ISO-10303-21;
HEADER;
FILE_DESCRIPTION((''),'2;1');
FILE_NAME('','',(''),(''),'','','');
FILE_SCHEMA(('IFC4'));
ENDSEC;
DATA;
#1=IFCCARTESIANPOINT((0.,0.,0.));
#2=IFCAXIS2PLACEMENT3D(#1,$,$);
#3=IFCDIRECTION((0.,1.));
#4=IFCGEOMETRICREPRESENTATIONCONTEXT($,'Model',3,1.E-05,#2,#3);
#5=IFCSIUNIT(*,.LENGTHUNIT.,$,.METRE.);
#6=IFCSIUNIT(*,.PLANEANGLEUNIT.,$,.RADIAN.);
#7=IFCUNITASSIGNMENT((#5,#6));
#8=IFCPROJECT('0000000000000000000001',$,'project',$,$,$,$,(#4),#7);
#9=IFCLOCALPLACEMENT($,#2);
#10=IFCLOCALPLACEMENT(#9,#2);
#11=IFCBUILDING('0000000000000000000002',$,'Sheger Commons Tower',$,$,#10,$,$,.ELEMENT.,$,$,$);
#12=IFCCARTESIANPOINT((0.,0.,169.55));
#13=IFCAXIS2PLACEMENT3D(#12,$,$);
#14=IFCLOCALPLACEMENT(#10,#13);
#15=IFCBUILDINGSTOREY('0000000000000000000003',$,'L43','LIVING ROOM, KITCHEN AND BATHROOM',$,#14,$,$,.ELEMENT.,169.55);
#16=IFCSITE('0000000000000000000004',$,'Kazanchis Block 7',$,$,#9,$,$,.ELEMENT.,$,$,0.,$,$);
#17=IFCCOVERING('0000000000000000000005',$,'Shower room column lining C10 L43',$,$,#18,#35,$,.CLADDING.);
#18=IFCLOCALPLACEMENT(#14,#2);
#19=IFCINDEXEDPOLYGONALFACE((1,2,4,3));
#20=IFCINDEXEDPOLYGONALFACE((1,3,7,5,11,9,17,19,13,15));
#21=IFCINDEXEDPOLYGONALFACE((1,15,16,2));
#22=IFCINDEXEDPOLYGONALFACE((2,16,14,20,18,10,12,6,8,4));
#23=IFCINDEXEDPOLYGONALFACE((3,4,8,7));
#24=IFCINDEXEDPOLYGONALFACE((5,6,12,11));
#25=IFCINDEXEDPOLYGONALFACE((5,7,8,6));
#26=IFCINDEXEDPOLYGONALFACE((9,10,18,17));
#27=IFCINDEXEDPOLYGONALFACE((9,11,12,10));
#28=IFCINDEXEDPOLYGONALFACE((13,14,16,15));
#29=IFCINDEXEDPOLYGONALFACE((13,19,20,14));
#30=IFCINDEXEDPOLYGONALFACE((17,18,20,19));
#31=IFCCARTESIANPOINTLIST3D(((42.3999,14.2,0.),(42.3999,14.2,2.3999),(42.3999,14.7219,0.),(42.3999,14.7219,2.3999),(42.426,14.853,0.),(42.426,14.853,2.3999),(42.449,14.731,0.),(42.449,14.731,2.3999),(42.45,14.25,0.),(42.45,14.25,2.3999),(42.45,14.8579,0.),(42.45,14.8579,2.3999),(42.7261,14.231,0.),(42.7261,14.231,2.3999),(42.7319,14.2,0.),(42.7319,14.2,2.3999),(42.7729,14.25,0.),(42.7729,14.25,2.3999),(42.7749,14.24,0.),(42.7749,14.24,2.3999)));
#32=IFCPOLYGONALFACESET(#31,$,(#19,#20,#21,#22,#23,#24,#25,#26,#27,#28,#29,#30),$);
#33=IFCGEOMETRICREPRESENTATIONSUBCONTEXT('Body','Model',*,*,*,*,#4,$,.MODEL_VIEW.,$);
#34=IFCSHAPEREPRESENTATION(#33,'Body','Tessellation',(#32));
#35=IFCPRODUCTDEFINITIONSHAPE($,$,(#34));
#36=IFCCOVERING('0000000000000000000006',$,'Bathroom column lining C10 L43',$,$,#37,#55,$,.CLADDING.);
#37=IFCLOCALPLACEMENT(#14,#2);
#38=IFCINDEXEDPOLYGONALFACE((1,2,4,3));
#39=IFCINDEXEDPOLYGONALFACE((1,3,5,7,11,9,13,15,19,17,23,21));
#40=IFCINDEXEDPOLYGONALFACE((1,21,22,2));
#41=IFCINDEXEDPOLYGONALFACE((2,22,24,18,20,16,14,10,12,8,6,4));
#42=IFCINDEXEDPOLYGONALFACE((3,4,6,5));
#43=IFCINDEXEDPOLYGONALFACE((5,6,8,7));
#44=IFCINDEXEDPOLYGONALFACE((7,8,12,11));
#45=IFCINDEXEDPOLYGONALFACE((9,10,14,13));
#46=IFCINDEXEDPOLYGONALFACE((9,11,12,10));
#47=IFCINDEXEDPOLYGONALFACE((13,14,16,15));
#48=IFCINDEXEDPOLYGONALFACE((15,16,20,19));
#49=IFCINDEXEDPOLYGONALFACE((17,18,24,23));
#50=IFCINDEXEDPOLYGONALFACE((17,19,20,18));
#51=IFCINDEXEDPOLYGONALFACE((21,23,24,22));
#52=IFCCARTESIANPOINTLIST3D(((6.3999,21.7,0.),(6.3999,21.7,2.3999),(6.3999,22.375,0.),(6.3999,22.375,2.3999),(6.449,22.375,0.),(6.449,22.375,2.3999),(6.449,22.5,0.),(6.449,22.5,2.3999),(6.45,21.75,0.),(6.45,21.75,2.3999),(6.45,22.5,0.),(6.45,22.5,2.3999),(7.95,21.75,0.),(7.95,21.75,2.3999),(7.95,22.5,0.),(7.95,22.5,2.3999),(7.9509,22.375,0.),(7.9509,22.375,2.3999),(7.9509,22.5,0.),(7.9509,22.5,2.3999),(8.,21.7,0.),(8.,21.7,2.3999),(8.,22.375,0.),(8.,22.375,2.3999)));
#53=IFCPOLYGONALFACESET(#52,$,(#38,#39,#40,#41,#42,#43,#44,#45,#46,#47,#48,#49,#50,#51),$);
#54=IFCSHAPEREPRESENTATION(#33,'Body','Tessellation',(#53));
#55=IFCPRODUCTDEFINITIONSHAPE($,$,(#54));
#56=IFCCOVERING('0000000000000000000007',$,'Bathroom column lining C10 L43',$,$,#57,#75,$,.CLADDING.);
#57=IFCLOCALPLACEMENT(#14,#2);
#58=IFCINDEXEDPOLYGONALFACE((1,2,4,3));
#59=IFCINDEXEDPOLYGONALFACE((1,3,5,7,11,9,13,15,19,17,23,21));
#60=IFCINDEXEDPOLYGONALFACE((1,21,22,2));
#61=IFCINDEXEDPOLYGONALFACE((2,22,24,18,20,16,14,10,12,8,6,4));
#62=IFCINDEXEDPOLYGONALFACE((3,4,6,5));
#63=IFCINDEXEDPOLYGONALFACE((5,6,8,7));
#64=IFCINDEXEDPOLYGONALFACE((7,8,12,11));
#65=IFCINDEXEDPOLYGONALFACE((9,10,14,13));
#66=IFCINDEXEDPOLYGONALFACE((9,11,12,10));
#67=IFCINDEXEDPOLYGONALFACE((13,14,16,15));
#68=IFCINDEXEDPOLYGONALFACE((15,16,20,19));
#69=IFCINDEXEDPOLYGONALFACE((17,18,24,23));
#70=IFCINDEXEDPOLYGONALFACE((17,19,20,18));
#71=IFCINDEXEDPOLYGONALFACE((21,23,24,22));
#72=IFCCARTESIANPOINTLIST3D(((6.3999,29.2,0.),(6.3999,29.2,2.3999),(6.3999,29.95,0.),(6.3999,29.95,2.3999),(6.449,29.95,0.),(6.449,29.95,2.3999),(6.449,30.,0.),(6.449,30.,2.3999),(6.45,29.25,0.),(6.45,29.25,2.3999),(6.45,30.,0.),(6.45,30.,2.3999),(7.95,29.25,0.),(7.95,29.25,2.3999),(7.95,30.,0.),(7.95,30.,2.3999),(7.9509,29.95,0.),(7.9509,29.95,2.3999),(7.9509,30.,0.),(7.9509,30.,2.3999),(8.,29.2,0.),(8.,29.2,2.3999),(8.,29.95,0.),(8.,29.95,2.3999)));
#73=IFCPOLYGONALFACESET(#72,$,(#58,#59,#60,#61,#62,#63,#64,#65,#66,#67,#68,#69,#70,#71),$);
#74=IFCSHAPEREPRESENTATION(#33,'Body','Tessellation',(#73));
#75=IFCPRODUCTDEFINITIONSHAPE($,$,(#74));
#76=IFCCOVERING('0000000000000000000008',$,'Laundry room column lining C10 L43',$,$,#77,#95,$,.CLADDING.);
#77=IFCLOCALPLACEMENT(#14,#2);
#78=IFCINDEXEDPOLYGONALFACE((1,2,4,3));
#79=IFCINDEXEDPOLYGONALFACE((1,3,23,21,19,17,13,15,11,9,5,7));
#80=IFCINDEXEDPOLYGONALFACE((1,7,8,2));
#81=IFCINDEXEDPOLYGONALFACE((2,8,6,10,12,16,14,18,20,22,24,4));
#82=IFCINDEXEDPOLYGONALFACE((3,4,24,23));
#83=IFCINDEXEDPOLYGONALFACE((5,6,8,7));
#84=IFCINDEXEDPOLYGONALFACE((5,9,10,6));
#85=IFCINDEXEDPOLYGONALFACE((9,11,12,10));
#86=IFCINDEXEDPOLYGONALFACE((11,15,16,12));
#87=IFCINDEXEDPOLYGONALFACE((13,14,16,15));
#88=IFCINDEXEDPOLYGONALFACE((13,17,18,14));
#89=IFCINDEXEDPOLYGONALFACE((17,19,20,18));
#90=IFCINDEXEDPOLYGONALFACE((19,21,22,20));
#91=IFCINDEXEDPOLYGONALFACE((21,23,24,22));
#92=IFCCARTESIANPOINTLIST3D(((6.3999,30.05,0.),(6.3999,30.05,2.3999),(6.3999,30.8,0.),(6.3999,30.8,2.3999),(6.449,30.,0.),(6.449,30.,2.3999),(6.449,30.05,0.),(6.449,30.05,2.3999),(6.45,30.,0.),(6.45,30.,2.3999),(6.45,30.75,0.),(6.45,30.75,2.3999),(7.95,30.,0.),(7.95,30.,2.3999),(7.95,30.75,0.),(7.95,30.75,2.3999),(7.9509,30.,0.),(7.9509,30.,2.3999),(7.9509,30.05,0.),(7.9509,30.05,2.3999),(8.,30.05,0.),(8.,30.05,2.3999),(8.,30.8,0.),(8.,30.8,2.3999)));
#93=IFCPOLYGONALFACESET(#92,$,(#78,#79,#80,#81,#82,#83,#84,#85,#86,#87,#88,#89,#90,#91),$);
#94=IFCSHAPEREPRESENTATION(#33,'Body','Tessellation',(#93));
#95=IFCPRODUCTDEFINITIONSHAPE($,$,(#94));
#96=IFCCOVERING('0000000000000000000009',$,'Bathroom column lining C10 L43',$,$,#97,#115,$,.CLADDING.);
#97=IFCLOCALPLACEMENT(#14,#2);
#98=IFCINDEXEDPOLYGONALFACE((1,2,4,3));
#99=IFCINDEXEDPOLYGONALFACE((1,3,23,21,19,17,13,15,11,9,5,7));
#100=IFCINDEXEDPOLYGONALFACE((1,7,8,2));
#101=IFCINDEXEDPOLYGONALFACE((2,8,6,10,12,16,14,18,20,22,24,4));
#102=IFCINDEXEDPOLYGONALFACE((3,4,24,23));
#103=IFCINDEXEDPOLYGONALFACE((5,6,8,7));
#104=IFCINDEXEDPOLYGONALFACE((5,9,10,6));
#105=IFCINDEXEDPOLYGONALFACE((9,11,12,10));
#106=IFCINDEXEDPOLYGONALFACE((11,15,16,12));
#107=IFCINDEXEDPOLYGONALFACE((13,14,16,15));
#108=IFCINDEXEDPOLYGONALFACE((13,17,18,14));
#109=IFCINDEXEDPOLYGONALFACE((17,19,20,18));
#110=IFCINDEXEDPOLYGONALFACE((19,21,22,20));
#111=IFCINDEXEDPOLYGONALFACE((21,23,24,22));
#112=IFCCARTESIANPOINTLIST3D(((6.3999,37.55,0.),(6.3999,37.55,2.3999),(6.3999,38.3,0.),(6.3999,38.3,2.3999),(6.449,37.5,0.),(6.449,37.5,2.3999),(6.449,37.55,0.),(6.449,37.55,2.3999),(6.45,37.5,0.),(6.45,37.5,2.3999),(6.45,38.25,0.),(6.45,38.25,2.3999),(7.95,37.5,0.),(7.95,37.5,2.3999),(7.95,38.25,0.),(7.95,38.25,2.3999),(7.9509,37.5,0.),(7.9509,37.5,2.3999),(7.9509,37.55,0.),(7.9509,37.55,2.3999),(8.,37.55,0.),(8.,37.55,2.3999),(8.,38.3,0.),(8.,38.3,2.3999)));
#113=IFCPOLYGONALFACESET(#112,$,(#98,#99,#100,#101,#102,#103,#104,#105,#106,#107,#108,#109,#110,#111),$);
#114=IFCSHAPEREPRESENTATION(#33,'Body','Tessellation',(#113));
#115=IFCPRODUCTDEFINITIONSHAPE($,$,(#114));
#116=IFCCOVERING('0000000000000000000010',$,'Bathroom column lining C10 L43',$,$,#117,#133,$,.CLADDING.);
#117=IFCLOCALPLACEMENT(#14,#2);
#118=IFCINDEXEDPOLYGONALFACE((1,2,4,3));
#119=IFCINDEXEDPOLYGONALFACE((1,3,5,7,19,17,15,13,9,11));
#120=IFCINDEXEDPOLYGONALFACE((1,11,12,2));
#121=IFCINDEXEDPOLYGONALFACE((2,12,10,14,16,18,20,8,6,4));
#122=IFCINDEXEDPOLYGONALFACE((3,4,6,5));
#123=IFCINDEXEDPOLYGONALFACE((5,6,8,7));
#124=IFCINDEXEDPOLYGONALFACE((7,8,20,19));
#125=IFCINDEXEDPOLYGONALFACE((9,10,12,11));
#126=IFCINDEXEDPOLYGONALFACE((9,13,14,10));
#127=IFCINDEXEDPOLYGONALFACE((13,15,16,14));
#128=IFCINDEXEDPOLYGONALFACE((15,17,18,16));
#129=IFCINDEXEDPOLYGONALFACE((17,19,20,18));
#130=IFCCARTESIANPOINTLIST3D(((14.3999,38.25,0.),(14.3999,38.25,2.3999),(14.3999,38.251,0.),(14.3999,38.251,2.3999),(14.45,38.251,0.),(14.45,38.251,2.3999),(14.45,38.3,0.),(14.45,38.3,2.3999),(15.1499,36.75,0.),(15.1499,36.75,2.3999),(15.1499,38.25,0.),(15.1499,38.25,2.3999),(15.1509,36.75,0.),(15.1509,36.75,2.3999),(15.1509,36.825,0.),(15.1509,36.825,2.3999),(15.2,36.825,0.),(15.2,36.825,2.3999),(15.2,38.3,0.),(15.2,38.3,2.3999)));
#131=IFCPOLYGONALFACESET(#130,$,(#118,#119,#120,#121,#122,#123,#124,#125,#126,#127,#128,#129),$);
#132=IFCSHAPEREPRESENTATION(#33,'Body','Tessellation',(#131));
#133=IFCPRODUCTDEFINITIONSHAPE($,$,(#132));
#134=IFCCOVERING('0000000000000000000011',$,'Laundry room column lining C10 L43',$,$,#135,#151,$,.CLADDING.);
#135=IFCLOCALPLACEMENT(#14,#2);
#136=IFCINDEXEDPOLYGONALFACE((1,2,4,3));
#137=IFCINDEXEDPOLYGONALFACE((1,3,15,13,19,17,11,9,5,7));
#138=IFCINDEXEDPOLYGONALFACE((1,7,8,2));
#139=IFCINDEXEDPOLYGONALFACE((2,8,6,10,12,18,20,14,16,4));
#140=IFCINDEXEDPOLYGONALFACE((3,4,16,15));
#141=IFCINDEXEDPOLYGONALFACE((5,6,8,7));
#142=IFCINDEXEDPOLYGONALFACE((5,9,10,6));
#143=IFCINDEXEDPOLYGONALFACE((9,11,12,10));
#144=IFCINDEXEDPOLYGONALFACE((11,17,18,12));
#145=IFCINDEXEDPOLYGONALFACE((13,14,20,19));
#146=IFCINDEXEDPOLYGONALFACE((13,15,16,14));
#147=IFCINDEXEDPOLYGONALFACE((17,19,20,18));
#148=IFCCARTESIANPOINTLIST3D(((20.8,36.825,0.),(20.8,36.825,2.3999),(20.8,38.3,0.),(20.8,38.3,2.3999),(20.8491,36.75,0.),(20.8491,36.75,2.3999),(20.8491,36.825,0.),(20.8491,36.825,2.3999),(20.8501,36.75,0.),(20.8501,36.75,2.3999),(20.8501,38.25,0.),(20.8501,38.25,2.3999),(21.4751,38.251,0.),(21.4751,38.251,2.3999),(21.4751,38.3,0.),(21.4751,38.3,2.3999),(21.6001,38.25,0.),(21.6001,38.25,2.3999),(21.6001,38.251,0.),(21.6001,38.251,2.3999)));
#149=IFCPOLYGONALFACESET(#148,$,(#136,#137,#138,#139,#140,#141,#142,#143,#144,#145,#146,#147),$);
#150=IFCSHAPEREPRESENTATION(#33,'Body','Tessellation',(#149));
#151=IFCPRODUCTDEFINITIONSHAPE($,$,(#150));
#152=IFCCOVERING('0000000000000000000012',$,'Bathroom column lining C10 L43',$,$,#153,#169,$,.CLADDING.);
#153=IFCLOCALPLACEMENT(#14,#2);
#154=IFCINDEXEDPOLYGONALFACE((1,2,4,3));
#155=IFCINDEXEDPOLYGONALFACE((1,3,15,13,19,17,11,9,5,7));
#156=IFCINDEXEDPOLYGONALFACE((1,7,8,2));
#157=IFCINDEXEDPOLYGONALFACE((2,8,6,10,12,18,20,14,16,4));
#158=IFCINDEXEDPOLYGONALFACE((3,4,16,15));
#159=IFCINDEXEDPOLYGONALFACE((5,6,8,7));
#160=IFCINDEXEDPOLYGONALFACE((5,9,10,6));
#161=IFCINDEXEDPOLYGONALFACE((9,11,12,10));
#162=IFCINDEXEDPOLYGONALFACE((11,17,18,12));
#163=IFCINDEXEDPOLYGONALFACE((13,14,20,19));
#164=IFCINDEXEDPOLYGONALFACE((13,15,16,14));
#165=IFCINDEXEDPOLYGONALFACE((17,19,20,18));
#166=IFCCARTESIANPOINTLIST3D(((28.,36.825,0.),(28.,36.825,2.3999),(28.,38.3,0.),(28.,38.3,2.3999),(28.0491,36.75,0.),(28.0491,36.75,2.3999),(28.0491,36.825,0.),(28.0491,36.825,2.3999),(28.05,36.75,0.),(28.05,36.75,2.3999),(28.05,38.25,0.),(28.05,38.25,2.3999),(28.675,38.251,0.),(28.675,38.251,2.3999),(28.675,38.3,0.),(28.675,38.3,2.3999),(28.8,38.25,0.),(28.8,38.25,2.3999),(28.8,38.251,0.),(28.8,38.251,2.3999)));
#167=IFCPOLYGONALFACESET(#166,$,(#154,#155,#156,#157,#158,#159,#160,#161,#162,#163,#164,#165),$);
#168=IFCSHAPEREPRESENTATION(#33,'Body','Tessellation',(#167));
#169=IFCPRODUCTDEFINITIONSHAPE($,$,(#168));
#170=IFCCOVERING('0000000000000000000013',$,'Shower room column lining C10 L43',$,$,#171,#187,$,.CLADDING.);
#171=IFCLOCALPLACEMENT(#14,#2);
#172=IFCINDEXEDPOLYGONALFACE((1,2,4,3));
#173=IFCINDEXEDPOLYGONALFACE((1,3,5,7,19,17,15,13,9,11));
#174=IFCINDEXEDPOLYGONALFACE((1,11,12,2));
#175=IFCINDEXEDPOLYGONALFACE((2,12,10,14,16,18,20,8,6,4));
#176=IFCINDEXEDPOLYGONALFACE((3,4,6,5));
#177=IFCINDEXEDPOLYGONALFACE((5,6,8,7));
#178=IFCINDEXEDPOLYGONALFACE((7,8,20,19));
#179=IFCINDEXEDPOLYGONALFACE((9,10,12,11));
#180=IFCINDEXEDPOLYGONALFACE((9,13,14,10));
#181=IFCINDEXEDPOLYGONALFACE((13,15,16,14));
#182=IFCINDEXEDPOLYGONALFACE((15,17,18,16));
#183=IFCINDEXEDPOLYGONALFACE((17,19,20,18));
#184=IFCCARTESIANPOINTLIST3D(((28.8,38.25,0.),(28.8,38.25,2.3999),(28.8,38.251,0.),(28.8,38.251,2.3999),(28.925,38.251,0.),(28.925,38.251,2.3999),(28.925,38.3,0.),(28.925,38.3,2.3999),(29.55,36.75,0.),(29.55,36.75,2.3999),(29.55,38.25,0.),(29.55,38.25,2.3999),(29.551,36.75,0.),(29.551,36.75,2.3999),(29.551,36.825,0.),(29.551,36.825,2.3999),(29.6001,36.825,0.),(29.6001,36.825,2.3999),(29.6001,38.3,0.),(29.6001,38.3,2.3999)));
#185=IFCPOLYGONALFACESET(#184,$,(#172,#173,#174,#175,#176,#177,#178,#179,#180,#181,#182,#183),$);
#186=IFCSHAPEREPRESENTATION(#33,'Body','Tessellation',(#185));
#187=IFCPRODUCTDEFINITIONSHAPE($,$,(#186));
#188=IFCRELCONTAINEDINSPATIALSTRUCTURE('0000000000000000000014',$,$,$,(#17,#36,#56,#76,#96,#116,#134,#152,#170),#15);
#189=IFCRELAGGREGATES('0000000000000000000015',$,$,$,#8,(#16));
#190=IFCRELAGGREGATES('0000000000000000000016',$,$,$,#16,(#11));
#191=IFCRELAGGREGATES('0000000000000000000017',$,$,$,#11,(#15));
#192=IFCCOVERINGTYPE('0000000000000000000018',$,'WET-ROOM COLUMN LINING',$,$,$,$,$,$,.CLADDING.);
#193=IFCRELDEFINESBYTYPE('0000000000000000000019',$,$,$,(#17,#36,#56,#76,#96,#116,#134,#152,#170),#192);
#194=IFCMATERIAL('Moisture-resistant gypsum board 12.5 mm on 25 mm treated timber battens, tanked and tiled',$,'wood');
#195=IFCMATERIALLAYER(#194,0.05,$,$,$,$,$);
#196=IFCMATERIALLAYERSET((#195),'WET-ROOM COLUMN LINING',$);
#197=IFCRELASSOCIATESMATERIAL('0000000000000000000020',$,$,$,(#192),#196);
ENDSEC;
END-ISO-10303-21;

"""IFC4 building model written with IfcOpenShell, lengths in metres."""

from ifc_helpers import new_model, si_unit, direction, frame, origin, place, context, subcontext, project, spatial, polyline, outline, extrude, material, layer, layer_set, type_object, element, save


model = new_model("IFC4")

# Units and contexts
model_context = context("Model", 3, precision=1e-05, world=origin(), true_north=direction((0.0, 1.0)))
body_context = subcontext(model_context, "Body", "Model", "MODEL_VIEW")
ifc_project = project(units=[si_unit("LENGTHUNIT", "METRE"), si_unit("PLANEANGLEUNIT", "RADIAN")], contexts=[model_context])

# Site, building, storey
site_placement = place(None, origin())
site = spatial("IfcSite", under=ifc_project, at=site_placement, Name="Kazanchis Block 7", CompositionType="ELEMENT", RefElevation=0.0)
building_placement = place(site_placement, origin())
building = spatial("IfcBuilding", under=site, at=building_placement, Name="Sheger Commons Tower", CompositionType="ELEMENT")
storey_placement = place(building_placement, frame((0.0, 0.0, 169.55)))
storey = spatial("IfcBuildingStorey", under=building, at=storey_placement, Name="L43", Description="LIVING ROOM, KITCHEN AND BATHROOM", CompositionType="ELEMENT", Elevation=169.55)

# Coverings
ifc_material_1 = material(Name="Moisture-resistant gypsum board 12.5 mm on 25 mm treated timber battens, tanked and tiled", Category="wood")
ifc_layer_1 = layer(ifc_material_1, 0.05)
ifc_layer_set_1 = layer_set([ifc_layer_1], Name="WET-ROOM COLUMN LINING")
covering_type_1 = type_object("IfcCoveringType", Name="WET-ROOM COLUMN LINING", PredefinedType="CLADDING", material=ifc_layer_set_1)
covering_1_placement = place(storey_placement, origin())
element("IfcCovering", 1, at=covering_1_placement, inside=storey, type_object=covering_type_1, Name="Shower room column lining C10 L43", PredefinedType="CLADDING", context=body_context, shape_type="SweptSolid", body=[
    extrude(outline(polyline([(42.45, 14.8579), (42.45, 14.25), (42.7729, 14.25), (42.7749, 14.24), (42.7261, 14.231), (42.7319, 14.2), (42.3999, 14.2), (42.3999, 14.7219), (42.449, 14.731), (42.426, 14.853), (42.45, 14.8579)])), origin(), (0.0, 0.0, 1.0), 2.3999),
])
covering_2_placement = place(storey_placement, origin())
element("IfcCovering", 2, at=covering_2_placement, inside=storey, type_object=covering_type_1, Name="Bathroom column lining C10 L43", PredefinedType="CLADDING", context=body_context, shape_type="SweptSolid", body=[
    extrude(outline(polyline([(6.45, 22.5), (6.45, 21.75), (7.95, 21.75), (7.95, 22.5), (7.9509, 22.5), (7.9509, 22.375), (8.0, 22.375), (8.0, 21.7), (6.3999, 21.7), (6.3999, 22.375), (6.449, 22.375), (6.449, 22.5), (6.45, 22.5)])), origin(), (0.0, 0.0, 1.0), 2.3999),
])
covering_3_placement = place(storey_placement, origin())
element("IfcCovering", 3, at=covering_3_placement, inside=storey, type_object=covering_type_1, Name="Bathroom column lining C10 L43", PredefinedType="CLADDING", context=body_context, shape_type="SweptSolid", body=[
    extrude(outline(polyline([(6.45, 30.0), (6.45, 29.25), (7.95, 29.25), (7.95, 30.0), (7.9509, 30.0), (7.9509, 29.95), (8.0, 29.95), (8.0, 29.2), (6.3999, 29.2), (6.3999, 29.95), (6.449, 29.95), (6.449, 30.0), (6.45, 30.0)])), origin(), (0.0, 0.0, 1.0), 2.3999),
])
covering_4_placement = place(storey_placement, origin())
element("IfcCovering", 4, at=covering_4_placement, inside=storey, type_object=covering_type_1, Name="Laundry room column lining C10 L43", PredefinedType="CLADDING", context=body_context, shape_type="SweptSolid", body=[
    extrude(outline(polyline([(8.0, 30.8), (8.0, 30.05), (7.9509, 30.05), (7.9509, 30.0), (7.95, 30.0), (7.95, 30.75), (6.45, 30.75), (6.45, 30.0), (6.449, 30.0), (6.449, 30.05), (6.3999, 30.05), (6.3999, 30.8), (8.0, 30.8)])), origin(), (0.0, 0.0, 1.0), 2.3999),
])
covering_5_placement = place(storey_placement, origin())
element("IfcCovering", 5, at=covering_5_placement, inside=storey, type_object=covering_type_1, Name="Bathroom column lining C10 L43", PredefinedType="CLADDING", context=body_context, shape_type="SweptSolid", body=[
    extrude(outline(polyline([(8.0, 38.3), (8.0, 37.55), (7.9509, 37.55), (7.9509, 37.5), (7.95, 37.5), (7.95, 38.25), (6.45, 38.25), (6.45, 37.5), (6.449, 37.5), (6.449, 37.55), (6.3999, 37.55), (6.3999, 38.3), (8.0, 38.3)])), origin(), (0.0, 0.0, 1.0), 2.3999),
])
covering_6_placement = place(storey_placement, origin())
element("IfcCovering", 6, at=covering_6_placement, inside=storey, type_object=covering_type_1, Name="Bathroom column lining C10 L43", PredefinedType="CLADDING", context=body_context, shape_type="SweptSolid", body=[
    extrude(outline(polyline([(15.2, 36.825), (15.1509, 36.825), (15.1509, 36.75), (15.1499, 36.75), (15.1499, 38.25), (14.3999, 38.25), (14.3999, 38.251), (14.45, 38.251), (14.45, 38.3), (15.2, 38.3), (15.2, 36.825)])), origin(), (0.0, 0.0, 1.0), 2.3999),
])
covering_7_placement = place(storey_placement, origin())
element("IfcCovering", 7, at=covering_7_placement, inside=storey, type_object=covering_type_1, Name="Laundry room column lining C10 L43", PredefinedType="CLADDING", context=body_context, shape_type="SweptSolid", body=[
    extrude(outline(polyline([(21.4751, 38.3), (21.4751, 38.251), (21.6001, 38.251), (21.6001, 38.25), (20.8501, 38.25), (20.8501, 36.75), (20.8491, 36.75), (20.8491, 36.825), (20.8, 36.825), (20.8, 38.3), (21.4751, 38.3)])), origin(), (0.0, 0.0, 1.0), 2.3999),
])
covering_8_placement = place(storey_placement, origin())
element("IfcCovering", 8, at=covering_8_placement, inside=storey, type_object=covering_type_1, Name="Bathroom column lining C10 L43", PredefinedType="CLADDING", context=body_context, shape_type="SweptSolid", body=[
    extrude(outline(polyline([(28.675, 38.3), (28.675, 38.251), (28.8, 38.251), (28.8, 38.25), (28.05, 38.25), (28.05, 36.75), (28.0491, 36.75), (28.0491, 36.825), (28.0, 36.825), (28.0, 38.3), (28.675, 38.3)])), origin(), (0.0, 0.0, 1.0), 2.3999),
])
covering_9_placement = place(storey_placement, origin())
element("IfcCovering", 9, at=covering_9_placement, inside=storey, type_object=covering_type_1, Name="Shower room column lining C10 L43", PredefinedType="CLADDING", context=body_context, shape_type="SweptSolid", body=[
    extrude(outline(polyline([(29.6001, 36.825), (29.551, 36.825), (29.551, 36.75), (29.55, 36.75), (29.55, 38.25), (28.8, 38.25), (28.8, 38.251), (28.925, 38.251), (28.925, 38.3), (29.6001, 38.3), (29.6001, 36.825)])), origin(), (0.0, 0.0, 1.0), 2.3999),
])

save(model, "model.ifc")
